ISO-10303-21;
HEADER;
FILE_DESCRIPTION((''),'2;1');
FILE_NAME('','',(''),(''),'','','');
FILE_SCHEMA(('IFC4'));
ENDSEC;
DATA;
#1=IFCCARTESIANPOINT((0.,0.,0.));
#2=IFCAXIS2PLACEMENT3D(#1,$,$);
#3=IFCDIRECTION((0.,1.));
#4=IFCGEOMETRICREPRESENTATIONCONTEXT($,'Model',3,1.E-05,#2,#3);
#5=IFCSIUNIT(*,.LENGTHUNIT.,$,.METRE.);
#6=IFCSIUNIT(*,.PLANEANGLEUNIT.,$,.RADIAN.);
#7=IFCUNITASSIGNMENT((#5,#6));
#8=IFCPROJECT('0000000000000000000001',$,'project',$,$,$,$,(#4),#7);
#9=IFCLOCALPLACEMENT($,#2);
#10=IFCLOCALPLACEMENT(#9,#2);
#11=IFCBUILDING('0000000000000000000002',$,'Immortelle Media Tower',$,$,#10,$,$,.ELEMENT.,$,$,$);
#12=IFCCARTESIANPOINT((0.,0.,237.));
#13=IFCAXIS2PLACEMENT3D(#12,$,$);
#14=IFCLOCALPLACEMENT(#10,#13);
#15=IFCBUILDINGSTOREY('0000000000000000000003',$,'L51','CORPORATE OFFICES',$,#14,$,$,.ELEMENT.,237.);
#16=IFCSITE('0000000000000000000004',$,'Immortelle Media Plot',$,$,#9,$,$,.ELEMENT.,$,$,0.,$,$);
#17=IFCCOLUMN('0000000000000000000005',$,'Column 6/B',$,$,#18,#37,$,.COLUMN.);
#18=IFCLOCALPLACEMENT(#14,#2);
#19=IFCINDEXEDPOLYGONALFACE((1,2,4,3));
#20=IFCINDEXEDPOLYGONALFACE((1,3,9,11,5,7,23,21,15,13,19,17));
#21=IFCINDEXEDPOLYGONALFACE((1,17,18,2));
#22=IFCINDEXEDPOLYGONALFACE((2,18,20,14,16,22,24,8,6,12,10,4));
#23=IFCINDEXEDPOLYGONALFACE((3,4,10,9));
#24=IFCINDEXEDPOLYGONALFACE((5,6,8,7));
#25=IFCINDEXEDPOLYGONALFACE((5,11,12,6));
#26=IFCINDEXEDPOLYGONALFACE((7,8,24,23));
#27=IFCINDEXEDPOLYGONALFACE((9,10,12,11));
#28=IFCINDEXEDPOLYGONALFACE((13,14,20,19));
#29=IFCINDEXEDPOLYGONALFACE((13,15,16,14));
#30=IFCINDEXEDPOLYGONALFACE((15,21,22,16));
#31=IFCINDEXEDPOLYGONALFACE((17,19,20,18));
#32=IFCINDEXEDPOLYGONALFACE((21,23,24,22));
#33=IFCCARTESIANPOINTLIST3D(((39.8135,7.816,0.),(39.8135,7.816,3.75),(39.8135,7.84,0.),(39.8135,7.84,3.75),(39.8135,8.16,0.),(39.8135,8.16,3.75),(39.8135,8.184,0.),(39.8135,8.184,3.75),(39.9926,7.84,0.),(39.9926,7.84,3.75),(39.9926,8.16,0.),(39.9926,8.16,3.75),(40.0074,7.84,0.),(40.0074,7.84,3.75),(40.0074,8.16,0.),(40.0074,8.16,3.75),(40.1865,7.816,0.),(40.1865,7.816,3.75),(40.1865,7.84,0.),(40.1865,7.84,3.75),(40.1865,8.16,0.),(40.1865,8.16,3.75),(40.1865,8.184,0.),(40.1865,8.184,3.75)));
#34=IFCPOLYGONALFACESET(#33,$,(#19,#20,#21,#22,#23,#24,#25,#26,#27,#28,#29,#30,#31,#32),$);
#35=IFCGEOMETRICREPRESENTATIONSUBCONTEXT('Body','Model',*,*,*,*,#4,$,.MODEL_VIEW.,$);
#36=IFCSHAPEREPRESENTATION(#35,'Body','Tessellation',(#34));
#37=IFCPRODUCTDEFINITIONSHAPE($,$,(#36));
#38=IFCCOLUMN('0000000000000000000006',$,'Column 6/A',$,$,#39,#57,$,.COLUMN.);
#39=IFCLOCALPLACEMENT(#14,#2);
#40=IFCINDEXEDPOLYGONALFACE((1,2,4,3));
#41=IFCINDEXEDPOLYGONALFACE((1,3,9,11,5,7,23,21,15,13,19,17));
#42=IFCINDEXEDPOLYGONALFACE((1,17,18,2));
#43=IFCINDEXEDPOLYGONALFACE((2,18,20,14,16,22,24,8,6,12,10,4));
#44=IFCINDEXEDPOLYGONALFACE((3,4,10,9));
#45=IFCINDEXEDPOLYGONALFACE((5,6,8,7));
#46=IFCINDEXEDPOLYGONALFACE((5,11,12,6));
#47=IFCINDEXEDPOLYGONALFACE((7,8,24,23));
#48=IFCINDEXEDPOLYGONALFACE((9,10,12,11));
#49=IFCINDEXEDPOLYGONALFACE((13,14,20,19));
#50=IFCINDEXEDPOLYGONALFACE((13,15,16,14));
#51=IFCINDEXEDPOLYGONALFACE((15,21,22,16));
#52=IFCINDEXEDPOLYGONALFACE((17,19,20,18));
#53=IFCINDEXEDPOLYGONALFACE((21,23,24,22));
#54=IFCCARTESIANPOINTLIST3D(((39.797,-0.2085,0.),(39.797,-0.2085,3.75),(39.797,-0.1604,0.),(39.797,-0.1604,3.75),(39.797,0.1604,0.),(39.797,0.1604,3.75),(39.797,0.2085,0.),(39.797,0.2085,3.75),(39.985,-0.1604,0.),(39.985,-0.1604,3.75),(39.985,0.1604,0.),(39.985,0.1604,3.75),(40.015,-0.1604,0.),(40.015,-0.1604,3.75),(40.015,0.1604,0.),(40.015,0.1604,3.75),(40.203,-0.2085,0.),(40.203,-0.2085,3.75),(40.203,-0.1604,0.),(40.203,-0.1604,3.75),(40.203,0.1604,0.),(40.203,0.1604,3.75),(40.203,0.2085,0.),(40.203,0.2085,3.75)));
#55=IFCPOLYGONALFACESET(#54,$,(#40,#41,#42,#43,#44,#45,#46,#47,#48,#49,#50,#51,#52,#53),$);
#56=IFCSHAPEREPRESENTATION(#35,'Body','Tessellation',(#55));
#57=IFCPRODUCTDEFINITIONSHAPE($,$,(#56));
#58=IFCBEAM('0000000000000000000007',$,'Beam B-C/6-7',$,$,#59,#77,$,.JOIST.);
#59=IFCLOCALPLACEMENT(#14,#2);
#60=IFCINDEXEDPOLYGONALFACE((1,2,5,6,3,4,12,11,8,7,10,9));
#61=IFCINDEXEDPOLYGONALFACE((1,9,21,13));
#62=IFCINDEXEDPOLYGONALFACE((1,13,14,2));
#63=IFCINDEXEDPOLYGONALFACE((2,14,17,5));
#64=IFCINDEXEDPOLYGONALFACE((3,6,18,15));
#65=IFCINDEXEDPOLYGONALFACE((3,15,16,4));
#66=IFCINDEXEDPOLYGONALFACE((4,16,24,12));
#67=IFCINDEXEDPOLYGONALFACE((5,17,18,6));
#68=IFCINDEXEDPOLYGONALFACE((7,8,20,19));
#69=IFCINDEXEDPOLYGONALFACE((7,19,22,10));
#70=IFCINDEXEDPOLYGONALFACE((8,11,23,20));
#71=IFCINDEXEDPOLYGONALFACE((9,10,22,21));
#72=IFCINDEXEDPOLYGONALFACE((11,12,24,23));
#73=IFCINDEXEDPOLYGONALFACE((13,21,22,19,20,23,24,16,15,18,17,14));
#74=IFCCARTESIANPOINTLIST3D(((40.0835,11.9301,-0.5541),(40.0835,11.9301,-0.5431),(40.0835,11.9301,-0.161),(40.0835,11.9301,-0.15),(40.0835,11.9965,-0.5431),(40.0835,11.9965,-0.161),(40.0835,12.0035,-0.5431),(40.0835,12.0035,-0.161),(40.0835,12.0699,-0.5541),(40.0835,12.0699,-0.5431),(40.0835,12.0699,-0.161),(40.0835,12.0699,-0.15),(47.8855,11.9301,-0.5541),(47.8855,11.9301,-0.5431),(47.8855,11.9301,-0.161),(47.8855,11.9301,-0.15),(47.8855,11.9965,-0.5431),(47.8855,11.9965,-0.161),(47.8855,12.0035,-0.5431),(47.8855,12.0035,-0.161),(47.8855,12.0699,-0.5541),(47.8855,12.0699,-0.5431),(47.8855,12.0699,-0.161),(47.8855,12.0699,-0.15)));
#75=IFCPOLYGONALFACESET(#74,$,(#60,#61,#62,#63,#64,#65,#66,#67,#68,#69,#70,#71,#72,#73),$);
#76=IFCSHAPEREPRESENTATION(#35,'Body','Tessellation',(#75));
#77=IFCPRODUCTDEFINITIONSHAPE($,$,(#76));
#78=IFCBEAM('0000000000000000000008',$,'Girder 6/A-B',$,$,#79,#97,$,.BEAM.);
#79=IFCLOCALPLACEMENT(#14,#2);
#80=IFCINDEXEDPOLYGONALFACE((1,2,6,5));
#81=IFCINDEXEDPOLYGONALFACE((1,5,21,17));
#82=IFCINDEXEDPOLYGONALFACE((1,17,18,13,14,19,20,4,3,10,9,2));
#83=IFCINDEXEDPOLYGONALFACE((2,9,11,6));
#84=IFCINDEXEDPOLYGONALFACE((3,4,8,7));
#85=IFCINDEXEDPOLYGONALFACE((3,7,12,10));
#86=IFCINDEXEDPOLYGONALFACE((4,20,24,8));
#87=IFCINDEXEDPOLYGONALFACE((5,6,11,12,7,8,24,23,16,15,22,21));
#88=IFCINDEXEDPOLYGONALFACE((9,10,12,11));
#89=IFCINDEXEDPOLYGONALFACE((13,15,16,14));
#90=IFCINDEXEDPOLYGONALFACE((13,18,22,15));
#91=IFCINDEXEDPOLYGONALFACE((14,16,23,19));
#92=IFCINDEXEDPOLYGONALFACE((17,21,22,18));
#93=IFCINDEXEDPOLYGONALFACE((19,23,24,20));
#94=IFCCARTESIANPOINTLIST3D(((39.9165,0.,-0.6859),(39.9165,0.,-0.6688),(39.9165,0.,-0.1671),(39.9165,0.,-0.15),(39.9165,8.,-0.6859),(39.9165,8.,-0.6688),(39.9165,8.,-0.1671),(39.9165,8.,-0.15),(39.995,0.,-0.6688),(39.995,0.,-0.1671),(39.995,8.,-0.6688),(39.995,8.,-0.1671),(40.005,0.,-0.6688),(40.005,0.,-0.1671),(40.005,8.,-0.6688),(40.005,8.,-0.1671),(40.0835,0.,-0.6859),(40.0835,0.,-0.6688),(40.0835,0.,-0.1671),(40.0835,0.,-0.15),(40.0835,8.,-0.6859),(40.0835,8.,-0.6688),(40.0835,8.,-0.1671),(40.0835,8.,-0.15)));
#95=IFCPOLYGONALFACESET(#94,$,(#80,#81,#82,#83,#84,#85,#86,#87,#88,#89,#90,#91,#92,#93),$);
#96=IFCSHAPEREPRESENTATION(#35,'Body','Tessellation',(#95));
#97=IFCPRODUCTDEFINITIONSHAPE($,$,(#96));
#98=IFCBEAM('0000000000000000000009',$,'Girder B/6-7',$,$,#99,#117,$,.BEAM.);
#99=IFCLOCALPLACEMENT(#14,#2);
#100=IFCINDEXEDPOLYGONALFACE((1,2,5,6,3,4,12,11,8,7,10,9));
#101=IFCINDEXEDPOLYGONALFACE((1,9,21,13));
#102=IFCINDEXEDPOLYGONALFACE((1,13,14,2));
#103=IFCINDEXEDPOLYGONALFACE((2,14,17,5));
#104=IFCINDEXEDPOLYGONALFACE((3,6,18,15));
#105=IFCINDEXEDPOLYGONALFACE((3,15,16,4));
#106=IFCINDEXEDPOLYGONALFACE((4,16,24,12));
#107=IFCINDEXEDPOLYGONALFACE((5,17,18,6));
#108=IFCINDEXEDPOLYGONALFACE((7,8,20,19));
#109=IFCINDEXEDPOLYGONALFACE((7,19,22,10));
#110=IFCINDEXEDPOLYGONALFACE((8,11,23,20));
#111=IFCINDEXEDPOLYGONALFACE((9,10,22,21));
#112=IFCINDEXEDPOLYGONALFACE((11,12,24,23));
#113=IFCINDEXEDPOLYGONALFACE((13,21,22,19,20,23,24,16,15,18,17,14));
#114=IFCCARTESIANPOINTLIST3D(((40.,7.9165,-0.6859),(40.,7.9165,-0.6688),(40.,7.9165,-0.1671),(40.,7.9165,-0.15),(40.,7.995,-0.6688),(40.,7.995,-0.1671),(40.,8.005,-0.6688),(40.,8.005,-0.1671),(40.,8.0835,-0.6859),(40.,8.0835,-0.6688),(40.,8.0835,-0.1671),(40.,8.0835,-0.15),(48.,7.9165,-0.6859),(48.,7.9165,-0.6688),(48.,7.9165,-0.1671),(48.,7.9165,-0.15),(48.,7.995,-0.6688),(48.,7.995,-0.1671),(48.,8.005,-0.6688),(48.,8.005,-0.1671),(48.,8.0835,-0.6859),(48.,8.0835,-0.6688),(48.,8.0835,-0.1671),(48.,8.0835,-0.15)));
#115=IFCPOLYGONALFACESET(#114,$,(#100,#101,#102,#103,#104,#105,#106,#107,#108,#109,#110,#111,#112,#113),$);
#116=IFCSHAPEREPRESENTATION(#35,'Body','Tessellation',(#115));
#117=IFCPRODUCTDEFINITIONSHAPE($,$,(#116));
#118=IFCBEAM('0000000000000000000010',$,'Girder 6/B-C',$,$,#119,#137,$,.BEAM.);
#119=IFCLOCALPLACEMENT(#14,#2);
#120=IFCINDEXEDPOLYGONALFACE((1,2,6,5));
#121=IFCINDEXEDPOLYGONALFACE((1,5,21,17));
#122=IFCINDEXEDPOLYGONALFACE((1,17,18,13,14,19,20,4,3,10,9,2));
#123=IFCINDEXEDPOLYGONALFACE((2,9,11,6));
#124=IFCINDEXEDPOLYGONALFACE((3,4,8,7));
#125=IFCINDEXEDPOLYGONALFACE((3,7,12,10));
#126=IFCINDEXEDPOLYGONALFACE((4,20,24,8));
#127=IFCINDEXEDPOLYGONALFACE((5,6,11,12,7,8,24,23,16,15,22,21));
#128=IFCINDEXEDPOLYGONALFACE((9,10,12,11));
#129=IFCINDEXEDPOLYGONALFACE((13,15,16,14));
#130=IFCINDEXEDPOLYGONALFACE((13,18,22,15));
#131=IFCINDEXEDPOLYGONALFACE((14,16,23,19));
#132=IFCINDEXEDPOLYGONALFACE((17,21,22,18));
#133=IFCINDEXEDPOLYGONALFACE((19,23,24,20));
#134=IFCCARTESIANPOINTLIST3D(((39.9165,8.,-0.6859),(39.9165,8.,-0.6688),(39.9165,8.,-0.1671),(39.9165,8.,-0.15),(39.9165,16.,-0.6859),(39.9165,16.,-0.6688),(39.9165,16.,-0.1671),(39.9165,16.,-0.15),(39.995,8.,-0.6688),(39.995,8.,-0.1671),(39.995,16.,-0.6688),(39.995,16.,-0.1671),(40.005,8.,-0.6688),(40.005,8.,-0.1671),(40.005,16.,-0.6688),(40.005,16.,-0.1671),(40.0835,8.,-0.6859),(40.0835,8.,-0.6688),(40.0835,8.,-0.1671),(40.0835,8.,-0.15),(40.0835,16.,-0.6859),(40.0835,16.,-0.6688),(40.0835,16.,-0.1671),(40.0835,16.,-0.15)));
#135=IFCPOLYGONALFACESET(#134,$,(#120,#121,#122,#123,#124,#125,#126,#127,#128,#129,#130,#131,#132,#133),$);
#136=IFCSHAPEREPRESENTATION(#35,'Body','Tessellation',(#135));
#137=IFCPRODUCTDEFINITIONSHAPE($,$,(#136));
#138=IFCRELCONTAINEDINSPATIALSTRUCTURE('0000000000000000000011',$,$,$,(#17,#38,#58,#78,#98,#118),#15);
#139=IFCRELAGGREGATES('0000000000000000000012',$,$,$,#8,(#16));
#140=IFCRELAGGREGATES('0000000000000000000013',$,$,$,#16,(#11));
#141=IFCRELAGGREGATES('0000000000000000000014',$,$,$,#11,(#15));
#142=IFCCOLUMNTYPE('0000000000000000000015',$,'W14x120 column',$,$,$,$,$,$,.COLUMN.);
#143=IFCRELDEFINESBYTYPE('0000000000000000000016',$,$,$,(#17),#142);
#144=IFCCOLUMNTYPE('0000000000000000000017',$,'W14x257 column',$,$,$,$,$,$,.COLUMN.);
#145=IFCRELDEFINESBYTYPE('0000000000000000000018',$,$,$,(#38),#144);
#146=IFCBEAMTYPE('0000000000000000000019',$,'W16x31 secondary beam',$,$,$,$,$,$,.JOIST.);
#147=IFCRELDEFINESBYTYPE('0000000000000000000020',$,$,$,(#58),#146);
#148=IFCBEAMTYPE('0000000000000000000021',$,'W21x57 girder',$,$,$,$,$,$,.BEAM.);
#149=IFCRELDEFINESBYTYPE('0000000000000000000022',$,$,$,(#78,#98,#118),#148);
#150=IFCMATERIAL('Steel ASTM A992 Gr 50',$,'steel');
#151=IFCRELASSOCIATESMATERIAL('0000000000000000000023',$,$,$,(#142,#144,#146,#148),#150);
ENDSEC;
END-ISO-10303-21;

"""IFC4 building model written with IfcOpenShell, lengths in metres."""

from ifc_helpers import new_model, si_unit, direction, frame, origin, origin_2d, place, context, subcontext, project, spatial, i_section, extrude, material, material_profile, profile_set, type_object, element, save


model = new_model("IFC4")

# Units and contexts
model_context = context("Model", 3, precision=1e-05, world=origin(), true_north=direction((0.0, 1.0)))
body_context = subcontext(model_context, "Body", "Model", "MODEL_VIEW")
ifc_project = project(units=[si_unit("LENGTHUNIT", "METRE"), si_unit("PLANEANGLEUNIT", "RADIAN")], contexts=[model_context])

# Site, building, storey
site_placement = place(None, origin())
site = spatial("IfcSite", under=ifc_project, at=site_placement, Name="Immortelle Media Plot", CompositionType="ELEMENT", RefElevation=0.0)
building_placement = place(site_placement, origin())
building = spatial("IfcBuilding", under=site, at=building_placement, Name="Immortelle Media Tower", CompositionType="ELEMENT")
storey_placement = place(building_placement, frame((0.0, 0.0, 237.0)))
storey = spatial("IfcBuildingStorey", under=building, at=storey_placement, Name="L51", Description="CORPORATE OFFICES", CompositionType="ELEMENT", Elevation=237.0)

# Columns
ifc_material_1 = material(Name="Steel ASTM A992 Gr 50", Category="steel")
ifc_material_profile_1 = material_profile(ifc_material_1, i_section(OverallWidth=0.373, OverallDepth=0.3679, WebThickness=0.0149, FlangeThickness=0.0239, at=origin_2d()), Name="W14x120")
ifc_profile_set_1 = profile_set([ifc_material_profile_1], Name="Steel ASTM A992 Gr 50")
column_type_1 = type_object("IfcColumnType", Name="W14x120 column", PredefinedType="COLUMN", material=ifc_profile_set_1)
column_1_placement = place(storey_placement, frame((40.0, 8.0, 0.0), z_axis=(0.0, 0.0, 1.0), x_axis=(1.0, 0.0, 0.0)))
element("IfcColumn", 1, at=column_1_placement, inside=storey, type_object=column_type_1, Name="Column 6/B", PredefinedType="COLUMN", context=body_context, shape_type="SweptSolid", body=[
    extrude(i_section(OverallWidth=0.373, OverallDepth=0.3679, WebThickness=0.0149, FlangeThickness=0.0239, at=origin_2d()), origin(), (0.0, 0.0, 1.0), 3.75),
])
ifc_material_profile_2 = material_profile(ifc_material_1, i_section(OverallWidth=0.406, OverallDepth=0.417, WebThickness=0.03, FlangeThickness=0.0481, at=origin_2d()), Name="W14x257")
ifc_profile_set_2 = profile_set([ifc_material_profile_2], Name="Steel ASTM A992 Gr 50")
column_type_2 = type_object("IfcColumnType", Name="W14x257 column", PredefinedType="COLUMN", material=ifc_profile_set_2)
column_2_placement = place(storey_placement, frame((40.0, 0.0, 0.0), z_axis=(0.0, 0.0, 1.0), x_axis=(1.0, 0.0, 0.0)))
element("IfcColumn", 2, at=column_2_placement, inside=storey, type_object=column_type_2, Name="Column 6/A", PredefinedType="COLUMN", context=body_context, shape_type="SweptSolid", body=[
    extrude(i_section(OverallWidth=0.406, OverallDepth=0.417, WebThickness=0.03, FlangeThickness=0.0481, at=origin_2d()), origin(), (0.0, 0.0, 1.0), 3.75),
])

# Beams
ifc_material_profile_3 = material_profile(ifc_material_1, i_section(OverallWidth=0.1399, OverallDepth=0.4041, WebThickness=0.0071, FlangeThickness=0.011, at=origin_2d()), Name="W16x31")
ifc_profile_set_3 = profile_set([ifc_material_profile_3], Name="Steel ASTM A992 Gr 50")
beam_type_1 = type_object("IfcBeamType", Name="W16x31 secondary beam", PredefinedType="JOIST", material=ifc_profile_set_3)
beam_placement = place(storey_placement, frame((40.0835, 12.0, -0.3521), z_axis=(1.0, 0.0, 0.0), x_axis=(0.0, 1.0, 0.0)))
element("IfcBeam", 3, at=beam_placement, inside=storey, type_object=beam_type_1, Name="Beam B-C/6-7", PredefinedType="JOIST", context=body_context, shape_type="SweptSolid", body=[
    extrude(i_section(OverallWidth=0.1399, OverallDepth=0.4041, WebThickness=0.0071, FlangeThickness=0.011, at=origin_2d()), origin(), (0.0, 0.0, 1.0), 7.802),
])
ifc_material_profile_4 = material_profile(ifc_material_1, i_section(OverallWidth=0.167, OverallDepth=0.5359, WebThickness=0.01, FlangeThickness=0.0171, at=origin_2d()), Name="W21x57")
ifc_profile_set_4 = profile_set([ifc_material_profile_4], Name="Steel ASTM A992 Gr 50")
beam_type_2 = type_object("IfcBeamType", Name="W21x57 girder", PredefinedType="BEAM", material=ifc_profile_set_4)
for number, where, z_axis, x_axis, name in (
    (4, (40.0, 0.0, -0.418), (0.0, 1.0, 0.0), (-1.0, 0.0, 0.0), "Girder 6/A-B"),
    (5, (40.0, 8.0, -0.418), (1.0, 0.0, 0.0), (0.0, 1.0, 0.0), "Girder B/6-7"),
    (6, (40.0, 8.0, -0.418), (0.0, 1.0, 0.0), (-1.0, 0.0, 0.0), "Girder 6/B-C"),
):
    element("IfcBeam", number, at=place(storey_placement, frame(where, z_axis=z_axis, x_axis=x_axis)), inside=storey, type_object=beam_type_2, Name=name, PredefinedType="BEAM", context=body_context, shape_type="SweptSolid", body=[
        extrude(i_section(OverallWidth=0.167, OverallDepth=0.5359, WebThickness=0.01, FlangeThickness=0.0171, at=origin_2d()), origin(), (0.0, 0.0, 1.0), 8.0),
    ])

save(model, "model.ifc")
